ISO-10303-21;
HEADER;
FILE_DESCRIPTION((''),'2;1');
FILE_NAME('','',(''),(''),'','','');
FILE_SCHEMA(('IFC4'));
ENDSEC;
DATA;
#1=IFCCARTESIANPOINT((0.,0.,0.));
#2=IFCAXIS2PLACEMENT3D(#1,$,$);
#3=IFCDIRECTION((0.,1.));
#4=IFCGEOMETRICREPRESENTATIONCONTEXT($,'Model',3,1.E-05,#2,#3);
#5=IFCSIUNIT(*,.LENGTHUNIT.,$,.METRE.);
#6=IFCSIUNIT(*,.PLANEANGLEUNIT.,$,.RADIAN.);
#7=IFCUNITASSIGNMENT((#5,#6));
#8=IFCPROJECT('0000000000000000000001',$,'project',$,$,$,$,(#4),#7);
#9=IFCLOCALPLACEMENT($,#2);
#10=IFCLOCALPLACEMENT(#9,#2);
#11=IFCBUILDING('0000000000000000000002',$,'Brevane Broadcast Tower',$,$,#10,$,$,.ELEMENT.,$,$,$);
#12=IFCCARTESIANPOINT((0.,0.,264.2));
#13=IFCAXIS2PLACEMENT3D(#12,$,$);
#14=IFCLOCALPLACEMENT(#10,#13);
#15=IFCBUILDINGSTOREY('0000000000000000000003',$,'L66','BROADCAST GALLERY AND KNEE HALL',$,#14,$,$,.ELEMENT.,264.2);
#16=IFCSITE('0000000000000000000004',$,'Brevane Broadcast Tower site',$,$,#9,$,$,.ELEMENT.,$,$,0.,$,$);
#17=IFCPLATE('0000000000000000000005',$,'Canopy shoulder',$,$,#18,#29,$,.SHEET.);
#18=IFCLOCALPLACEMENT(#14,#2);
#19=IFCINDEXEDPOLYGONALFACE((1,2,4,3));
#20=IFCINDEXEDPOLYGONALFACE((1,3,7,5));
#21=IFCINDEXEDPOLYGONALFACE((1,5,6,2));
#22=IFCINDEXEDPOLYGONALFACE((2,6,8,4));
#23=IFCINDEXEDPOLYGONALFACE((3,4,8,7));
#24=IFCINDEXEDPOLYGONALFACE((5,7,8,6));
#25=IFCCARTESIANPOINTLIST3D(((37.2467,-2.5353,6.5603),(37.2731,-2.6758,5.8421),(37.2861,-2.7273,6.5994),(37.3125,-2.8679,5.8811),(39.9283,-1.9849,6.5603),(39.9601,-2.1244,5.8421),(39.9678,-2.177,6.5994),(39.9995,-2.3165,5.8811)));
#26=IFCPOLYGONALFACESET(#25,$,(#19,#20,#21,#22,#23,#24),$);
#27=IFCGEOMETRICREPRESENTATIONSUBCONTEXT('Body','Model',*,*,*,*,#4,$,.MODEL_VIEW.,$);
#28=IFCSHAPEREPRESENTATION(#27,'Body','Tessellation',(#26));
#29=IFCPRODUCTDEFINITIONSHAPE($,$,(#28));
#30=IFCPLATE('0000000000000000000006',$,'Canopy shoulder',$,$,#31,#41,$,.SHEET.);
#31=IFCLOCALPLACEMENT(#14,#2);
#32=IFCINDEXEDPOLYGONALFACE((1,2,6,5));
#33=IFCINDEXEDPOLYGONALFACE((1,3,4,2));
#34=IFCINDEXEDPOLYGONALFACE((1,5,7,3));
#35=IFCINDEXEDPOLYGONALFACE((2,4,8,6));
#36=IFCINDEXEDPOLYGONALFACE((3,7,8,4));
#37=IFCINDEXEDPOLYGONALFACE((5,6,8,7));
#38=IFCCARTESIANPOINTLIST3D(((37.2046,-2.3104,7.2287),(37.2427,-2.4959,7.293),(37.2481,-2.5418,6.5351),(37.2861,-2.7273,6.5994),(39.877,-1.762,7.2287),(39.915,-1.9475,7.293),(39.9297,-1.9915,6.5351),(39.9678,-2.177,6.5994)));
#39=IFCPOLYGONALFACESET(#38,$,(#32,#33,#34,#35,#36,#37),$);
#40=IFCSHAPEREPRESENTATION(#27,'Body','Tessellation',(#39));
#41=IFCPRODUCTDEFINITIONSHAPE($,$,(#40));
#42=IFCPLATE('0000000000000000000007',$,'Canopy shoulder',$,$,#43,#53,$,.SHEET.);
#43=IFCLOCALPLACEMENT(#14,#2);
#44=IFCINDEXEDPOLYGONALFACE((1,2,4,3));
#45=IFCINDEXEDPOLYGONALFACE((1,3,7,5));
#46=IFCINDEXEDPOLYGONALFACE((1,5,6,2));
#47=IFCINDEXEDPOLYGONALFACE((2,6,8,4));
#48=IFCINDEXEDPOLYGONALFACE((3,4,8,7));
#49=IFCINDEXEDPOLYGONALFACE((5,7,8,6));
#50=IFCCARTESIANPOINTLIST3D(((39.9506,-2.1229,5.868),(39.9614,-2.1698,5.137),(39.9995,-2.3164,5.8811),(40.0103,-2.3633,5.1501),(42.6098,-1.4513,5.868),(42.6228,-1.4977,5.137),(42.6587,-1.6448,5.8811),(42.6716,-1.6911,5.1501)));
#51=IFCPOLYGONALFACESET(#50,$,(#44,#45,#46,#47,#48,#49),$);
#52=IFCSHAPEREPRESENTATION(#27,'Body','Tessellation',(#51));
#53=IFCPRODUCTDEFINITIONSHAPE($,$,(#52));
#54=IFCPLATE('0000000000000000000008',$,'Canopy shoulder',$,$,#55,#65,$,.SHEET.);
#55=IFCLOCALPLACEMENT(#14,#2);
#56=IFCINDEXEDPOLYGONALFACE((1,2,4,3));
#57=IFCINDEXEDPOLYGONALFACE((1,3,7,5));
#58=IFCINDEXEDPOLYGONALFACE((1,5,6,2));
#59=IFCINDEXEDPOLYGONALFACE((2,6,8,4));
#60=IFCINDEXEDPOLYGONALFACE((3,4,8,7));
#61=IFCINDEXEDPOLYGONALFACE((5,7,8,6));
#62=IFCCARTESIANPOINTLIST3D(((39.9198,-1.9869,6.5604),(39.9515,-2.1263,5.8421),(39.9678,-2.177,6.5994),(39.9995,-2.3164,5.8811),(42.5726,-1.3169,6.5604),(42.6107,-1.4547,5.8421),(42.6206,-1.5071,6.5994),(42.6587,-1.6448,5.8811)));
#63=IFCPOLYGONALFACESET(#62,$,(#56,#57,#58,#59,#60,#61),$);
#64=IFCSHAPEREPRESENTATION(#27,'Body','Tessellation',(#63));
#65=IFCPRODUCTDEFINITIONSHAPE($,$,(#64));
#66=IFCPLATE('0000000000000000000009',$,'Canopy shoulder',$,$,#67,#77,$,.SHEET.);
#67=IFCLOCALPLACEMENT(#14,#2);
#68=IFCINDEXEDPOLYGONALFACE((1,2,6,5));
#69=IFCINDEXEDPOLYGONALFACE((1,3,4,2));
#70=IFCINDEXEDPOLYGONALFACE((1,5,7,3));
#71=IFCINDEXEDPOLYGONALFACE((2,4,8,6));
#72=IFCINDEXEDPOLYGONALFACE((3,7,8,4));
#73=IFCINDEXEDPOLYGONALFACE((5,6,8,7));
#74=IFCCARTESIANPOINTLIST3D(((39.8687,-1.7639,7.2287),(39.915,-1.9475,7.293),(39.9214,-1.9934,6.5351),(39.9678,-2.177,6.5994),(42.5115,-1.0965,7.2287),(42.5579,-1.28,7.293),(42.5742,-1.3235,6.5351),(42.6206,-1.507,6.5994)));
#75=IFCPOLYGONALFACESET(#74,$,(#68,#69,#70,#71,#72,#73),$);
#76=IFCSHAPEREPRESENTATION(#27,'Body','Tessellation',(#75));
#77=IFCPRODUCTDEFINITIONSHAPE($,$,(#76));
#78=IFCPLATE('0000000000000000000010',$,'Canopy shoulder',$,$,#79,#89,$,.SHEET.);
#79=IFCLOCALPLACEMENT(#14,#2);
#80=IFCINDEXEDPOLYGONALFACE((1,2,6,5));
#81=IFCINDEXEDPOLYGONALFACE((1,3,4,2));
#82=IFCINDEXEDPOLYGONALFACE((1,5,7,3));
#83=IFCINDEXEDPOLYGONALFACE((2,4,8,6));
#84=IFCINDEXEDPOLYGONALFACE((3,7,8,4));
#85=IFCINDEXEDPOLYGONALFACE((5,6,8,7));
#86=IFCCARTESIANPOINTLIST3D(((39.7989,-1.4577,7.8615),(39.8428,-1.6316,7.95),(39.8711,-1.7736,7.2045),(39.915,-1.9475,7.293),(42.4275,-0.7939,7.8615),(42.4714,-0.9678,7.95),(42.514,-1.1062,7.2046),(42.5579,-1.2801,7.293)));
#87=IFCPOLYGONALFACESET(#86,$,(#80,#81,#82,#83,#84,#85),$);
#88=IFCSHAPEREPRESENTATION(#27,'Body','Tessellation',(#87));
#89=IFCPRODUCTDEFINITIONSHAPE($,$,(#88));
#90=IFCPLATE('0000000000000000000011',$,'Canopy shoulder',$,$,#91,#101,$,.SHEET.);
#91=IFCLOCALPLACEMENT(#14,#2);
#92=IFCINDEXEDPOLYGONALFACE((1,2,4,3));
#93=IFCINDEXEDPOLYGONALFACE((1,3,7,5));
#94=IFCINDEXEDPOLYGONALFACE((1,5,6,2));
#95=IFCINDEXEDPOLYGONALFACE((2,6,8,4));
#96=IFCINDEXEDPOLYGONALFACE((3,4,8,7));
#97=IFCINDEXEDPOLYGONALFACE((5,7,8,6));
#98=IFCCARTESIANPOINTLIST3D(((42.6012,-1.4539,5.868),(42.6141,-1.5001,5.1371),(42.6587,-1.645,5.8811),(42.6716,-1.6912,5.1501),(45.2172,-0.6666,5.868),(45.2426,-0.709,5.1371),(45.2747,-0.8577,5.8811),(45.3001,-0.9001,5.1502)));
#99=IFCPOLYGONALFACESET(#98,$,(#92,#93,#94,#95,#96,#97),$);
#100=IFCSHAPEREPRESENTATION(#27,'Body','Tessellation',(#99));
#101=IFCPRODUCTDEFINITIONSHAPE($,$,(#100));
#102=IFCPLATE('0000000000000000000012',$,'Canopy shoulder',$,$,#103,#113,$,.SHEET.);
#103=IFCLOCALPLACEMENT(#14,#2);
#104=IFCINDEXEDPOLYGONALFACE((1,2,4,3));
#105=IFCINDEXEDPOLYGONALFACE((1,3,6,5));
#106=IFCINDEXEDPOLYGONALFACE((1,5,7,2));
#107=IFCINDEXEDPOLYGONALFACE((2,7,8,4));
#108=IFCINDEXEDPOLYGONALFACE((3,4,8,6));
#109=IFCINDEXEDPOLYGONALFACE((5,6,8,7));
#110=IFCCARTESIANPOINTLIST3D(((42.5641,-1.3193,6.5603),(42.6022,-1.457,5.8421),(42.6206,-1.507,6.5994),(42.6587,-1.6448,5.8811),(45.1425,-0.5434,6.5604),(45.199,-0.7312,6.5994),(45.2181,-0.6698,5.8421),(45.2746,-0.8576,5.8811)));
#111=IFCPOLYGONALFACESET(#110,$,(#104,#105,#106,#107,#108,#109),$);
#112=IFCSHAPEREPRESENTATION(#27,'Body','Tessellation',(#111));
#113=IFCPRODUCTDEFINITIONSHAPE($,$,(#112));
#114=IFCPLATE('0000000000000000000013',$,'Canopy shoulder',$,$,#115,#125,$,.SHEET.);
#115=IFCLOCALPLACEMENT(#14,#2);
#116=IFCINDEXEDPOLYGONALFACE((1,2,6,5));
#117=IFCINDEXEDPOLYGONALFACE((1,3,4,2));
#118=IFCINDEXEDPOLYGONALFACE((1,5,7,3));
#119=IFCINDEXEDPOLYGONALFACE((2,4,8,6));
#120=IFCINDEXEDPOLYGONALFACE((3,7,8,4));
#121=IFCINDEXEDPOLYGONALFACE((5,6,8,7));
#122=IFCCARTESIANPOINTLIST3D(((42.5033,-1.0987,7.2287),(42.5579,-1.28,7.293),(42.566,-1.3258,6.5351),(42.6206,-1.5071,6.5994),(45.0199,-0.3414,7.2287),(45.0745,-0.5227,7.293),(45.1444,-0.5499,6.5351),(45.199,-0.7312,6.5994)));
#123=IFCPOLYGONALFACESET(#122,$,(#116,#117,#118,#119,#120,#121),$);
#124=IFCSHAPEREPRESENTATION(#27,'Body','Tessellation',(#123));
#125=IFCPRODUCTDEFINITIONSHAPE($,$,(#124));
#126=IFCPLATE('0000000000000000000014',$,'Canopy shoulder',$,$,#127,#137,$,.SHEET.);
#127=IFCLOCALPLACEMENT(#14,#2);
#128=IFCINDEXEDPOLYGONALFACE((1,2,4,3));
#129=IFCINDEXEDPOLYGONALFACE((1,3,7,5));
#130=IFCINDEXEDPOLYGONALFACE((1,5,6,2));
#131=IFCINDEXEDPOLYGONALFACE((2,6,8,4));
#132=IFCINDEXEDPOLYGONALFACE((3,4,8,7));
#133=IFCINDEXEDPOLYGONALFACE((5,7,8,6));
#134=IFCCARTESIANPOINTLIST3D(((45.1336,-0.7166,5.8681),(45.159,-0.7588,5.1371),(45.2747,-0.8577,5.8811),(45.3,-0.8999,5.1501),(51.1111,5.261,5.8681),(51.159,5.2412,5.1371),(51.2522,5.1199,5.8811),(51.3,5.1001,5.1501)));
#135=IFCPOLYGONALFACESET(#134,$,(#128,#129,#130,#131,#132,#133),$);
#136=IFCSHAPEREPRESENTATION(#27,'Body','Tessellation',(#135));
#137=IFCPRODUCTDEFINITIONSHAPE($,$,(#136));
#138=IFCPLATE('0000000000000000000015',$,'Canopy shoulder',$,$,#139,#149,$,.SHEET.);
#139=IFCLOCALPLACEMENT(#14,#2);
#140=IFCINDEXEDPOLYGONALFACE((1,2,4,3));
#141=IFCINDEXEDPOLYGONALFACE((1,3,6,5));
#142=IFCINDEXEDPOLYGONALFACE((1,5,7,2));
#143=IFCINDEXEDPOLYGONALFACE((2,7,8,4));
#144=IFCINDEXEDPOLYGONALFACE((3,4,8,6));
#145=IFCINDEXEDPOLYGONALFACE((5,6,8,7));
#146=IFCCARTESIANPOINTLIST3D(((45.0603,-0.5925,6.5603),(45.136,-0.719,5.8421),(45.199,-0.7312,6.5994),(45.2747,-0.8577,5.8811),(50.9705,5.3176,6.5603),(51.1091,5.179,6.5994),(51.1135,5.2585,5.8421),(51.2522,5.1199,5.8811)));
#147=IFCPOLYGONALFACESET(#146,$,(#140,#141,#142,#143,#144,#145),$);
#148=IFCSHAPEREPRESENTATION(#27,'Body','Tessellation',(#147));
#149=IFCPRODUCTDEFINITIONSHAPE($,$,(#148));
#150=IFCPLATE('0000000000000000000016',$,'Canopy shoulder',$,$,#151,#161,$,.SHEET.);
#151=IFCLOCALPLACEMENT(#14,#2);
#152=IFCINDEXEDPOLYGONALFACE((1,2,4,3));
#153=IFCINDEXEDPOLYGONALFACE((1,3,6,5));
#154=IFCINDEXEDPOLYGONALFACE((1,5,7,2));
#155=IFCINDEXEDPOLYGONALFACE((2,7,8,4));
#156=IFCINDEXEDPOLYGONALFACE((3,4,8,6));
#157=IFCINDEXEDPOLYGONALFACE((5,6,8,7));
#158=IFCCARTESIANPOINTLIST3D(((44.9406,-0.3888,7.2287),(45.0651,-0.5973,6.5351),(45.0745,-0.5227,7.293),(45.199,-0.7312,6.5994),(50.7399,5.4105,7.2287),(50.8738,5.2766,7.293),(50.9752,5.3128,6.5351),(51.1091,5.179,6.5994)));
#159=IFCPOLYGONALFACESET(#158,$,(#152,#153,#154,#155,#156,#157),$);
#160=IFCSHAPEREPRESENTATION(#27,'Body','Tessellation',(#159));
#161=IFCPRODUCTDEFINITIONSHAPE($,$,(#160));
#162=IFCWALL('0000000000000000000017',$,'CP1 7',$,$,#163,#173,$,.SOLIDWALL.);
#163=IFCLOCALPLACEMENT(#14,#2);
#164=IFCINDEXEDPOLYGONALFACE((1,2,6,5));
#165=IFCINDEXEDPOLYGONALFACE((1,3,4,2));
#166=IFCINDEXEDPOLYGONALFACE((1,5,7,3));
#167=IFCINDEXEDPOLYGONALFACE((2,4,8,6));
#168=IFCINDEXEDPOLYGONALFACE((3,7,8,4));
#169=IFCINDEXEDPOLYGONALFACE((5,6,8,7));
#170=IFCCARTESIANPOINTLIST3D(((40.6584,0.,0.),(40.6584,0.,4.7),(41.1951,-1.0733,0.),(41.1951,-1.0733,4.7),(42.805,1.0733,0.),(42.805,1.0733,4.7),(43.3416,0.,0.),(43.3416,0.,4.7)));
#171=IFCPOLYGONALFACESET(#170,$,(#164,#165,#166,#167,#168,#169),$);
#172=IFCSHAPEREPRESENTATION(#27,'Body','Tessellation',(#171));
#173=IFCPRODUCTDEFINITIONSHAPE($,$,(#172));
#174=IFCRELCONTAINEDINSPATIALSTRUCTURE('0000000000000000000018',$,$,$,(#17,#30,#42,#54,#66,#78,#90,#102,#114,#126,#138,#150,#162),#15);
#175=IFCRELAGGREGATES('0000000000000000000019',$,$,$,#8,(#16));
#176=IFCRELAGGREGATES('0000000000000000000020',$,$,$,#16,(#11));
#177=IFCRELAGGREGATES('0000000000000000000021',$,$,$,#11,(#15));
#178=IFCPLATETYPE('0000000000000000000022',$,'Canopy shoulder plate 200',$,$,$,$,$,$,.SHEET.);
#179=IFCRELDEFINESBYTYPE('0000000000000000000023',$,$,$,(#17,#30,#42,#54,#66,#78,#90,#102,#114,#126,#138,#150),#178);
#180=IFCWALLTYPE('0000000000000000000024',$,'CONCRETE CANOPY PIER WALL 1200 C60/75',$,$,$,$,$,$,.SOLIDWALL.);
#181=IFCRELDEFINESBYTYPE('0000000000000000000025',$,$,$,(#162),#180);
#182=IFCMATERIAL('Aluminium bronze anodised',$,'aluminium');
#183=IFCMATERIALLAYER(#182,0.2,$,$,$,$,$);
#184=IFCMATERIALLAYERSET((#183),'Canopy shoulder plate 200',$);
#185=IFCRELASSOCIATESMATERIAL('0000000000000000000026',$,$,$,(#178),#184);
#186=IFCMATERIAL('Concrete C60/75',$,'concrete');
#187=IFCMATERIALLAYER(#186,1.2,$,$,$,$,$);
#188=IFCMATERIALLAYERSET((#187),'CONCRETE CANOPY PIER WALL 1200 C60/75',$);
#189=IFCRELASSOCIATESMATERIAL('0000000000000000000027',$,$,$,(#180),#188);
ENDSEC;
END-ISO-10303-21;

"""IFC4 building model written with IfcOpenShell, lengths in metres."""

from ifc_helpers import new_model, si_unit, direction, frame, frame_2d, origin, place, context, subcontext, project, spatial, polyline, rectangle, outline, extrude, material, layer, layer_set, type_object, element, save


model = new_model("IFC4")

# Units and contexts
model_context = context("Model", 3, precision=1e-05, world=origin(), true_north=direction((0.0, 1.0)))
body_context = subcontext(model_context, "Body", "Model", "MODEL_VIEW")
ifc_project = project(units=[si_unit("LENGTHUNIT", "METRE"), si_unit("PLANEANGLEUNIT", "RADIAN")], contexts=[model_context])

# Site, building, storey
site_placement = place(None, origin())
site = spatial("IfcSite", under=ifc_project, at=site_placement, Name="Brevane Broadcast Tower site", CompositionType="ELEMENT", RefElevation=0.0)
building_placement = place(site_placement, origin())
building = spatial("IfcBuilding", under=site, at=building_placement, Name="Brevane Broadcast Tower", CompositionType="ELEMENT")
storey_placement = place(building_placement, frame((0.0, 0.0, 264.2)))
storey = spatial("IfcBuildingStorey", under=building, at=storey_placement, Name="L66", Description="BROADCAST GALLERY AND KNEE HALL", CompositionType="ELEMENT", Elevation=264.2)

# Plates
ifc_material_1 = material(Name="Aluminium bronze anodised", Category="aluminium")
ifc_layer_1 = layer(ifc_material_1, 0.2)
ifc_layer_set_1 = layer_set([ifc_layer_1], Name="Canopy shoulder plate 200")
plate_type_1 = type_object("IfcPlateType", Name="Canopy shoulder plate 200", PredefinedType="SHEET", material=ifc_layer_set_1)
plate_1_placement = place(storey_placement, frame((37.3125, -2.8679, 5.8811), z_axis=(0.19717, -0.960729, 0.195255), x_axis=(0.979583, 0.20104, 0.000004)))
element("IfcPlate", 1, at=plate_1_placement, inside=storey, type_object=plate_type_1, Name="Canopy shoulder", PredefinedType="SHEET", context=body_context, shape_type="SweptSolid", body=[
    extrude(outline(polyline([(0.0, 0.0), (2.743, 0.0), (2.74, 0.7323), (0.0024, 0.7324), (0.0, 0.0)])), origin(), (0.0, 0.0, -1.0), 0.2),
])
plate_2_placement = place(storey_placement, frame((37.2861, -2.7273, 6.5994), z_axis=(0.190344, -0.927608, 0.321422), x_axis=(0.979589, 0.201011, 0.000003)))
element("IfcPlate", 2, at=plate_2_placement, inside=storey, type_object=plate_type_1, Name="Canopy shoulder", PredefinedType="SHEET", context=body_context, shape_type="SweptSolid", body=[
    extrude(outline(polyline([(0.0, 0.0), (2.7375, 0.0), (2.732, 0.7325), (0.004, 0.7325), (0.0, 0.0)])), origin(), (0.0, 0.0, -1.0), 0.2),
])
plate_3_placement = place(storey_placement, frame((40.0103, -2.3633, 5.1501), z_axis=(0.244341, -0.967463, 0.065677), x_axis=(0.969556, 0.244869, -0.000001)))
element("IfcPlate", 3, at=plate_3_placement, inside=storey, type_object=plate_type_1, Name="Canopy shoulder", PredefinedType="SHEET", context=body_context, shape_type="SweptSolid", body=[
    extrude(outline(polyline([(0.0, 0.0), (2.7449, 0.0), (2.7437, 0.7325), (0.0011, 0.7325), (0.0, 0.0)])), origin(), (0.0, 0.0, -1.0), 0.2),
])
plate_4_placement = place(storey_placement, frame((39.9995, -2.3164, 5.8811), z_axis=(0.240157, -0.950926, 0.195103), x_axis=(0.969558, 0.244863, 0.000004)))
element("IfcPlate", 4, at=plate_4_placement, inside=storey, type_object=plate_type_1, Name="Canopy shoulder", PredefinedType="SHEET", context=body_context, shape_type="SweptSolid", body=[
    extrude(outline(polyline([(0.0, 0.0), (2.7427, 0.0), (2.7395, 0.7323), (0.0034, 0.7323), (0.0, 0.0)])), origin(), (0.0, 0.0, -1.0), 0.2),
])
plate_5_placement = place(storey_placement, frame((39.9678, -2.177, 6.5994), z_axis=(0.231863, -0.918099, 0.321456), x_axis=(0.969559, 0.244858, -0.000005)))
element("IfcPlate", 5, at=plate_5_placement, inside=storey, type_object=plate_type_1, Name="Canopy shoulder", PredefinedType="SHEET", context=body_context, shape_type="SweptSolid", body=[
    extrude(outline(polyline([(0.0, 0.0), (2.7361, 0.0), (2.7309, 0.7325), (0.0051, 0.7325), (0.0, 0.0)])), origin(), (0.0, 0.0, -1.0), 0.2),
])
plate_6_placement = place(storey_placement, frame((39.915, -1.9475, 7.293), z_axis=(0.219612, -0.869588, 0.442252), x_axis=(0.969558, 0.244862, 0.000006)))
element("IfcPlate", 6, at=plate_6_placement, inside=storey, type_object=plate_type_1, Name="Canopy shoulder", PredefinedType="SHEET", context=body_context, shape_type="SweptSolid", body=[
    extrude(outline(polyline([(0.0, 0.0), (2.7258, 0.0), (2.7185, 0.7325), (0.0073, 0.7325), (0.0, 0.0)])), origin(), (0.0, 0.0, -1.0), 0.2),
])
plate_7_placement = place(storey_placement, frame((42.6716, -1.6912, 5.1501), z_axis=(0.287576, -0.955518, 0.065465), x_axis=(0.957572, 0.288195, 0.000005)))
element("IfcPlate", 7, at=plate_7_placement, inside=storey, type_object=plate_type_1, Name="Canopy shoulder", PredefinedType="SHEET", context=body_context, shape_type="SweptSolid", body=[
    extrude(outline(polyline([(0.0, 0.0), (2.7449, 0.0), (2.7328, 0.7325), (0.001, 0.7325), (0.0, 0.0)])), origin(), (0.0, 0.0, -1.0), 0.2),
])
plate_8_placement = place(storey_placement, frame((42.6587, -1.6448, 5.8811), z_axis=(0.282604, -0.939189, 0.195088), x_axis=(0.957588, 0.28814, -0.000003)))
element("IfcPlate", 8, at=plate_8_placement, inside=storey, type_object=plate_type_1, Name="Canopy shoulder", PredefinedType="SHEET", context=body_context, shape_type="SweptSolid", body=[
    extrude(outline(polyline([(0.0, 0.0), (2.7318, 0.0), (2.6958, 0.7323), (0.0032, 0.7323), (0.0, 0.0)])), origin(), (0.0, 0.0, -1.0), 0.2),
])
plate_9_placement = place(storey_placement, frame((42.6206, -1.5071, 6.5994), z_axis=(0.272859, -0.906736, 0.321524), x_axis=(0.957582, 0.28816, -0.000002)))
element("IfcPlate", 9, at=plate_9_placement, inside=storey, type_object=plate_type_1, Name="Canopy shoulder", PredefinedType="SHEET", context=body_context, shape_type="SweptSolid", body=[
    extrude(outline(polyline([(0.0, 0.0), (2.6926, 0.0), (2.6334, 0.7325), (0.0053, 0.7325), (0.0, 0.0)])), origin(), (0.0, 0.0, -1.0), 0.2),
])
plate_10_placement = place(storey_placement, frame((45.3, -0.8999, 5.1501), z_axis=(0.705598, -0.705598, 0.065281), x_axis=(0.707107, 0.707107, 0.0)))
element("IfcPlate", 10, at=plate_10_placement, inside=storey, type_object=plate_type_1, Name="Canopy shoulder", PredefinedType="SHEET", context=body_context, shape_type="SweptSolid", body=[
    extrude(outline(polyline([(0.0, 0.0), (8.4853, 0.0), (8.4654, 0.7325), (0.0119, 0.7325), (0.0, 0.0)])), origin(), (0.0, 0.0, -1.0), 0.2),
])
plate_11_placement = place(storey_placement, frame((45.2747, -0.8577, 5.8811), z_axis=(0.693507, -0.693507, 0.195181), x_axis=(0.707107, 0.707107, 0.0)))
element("IfcPlate", 11, at=plate_11_placement, inside=storey, type_object=plate_type_1, Name="Canopy shoulder", PredefinedType="SHEET", context=body_context, shape_type="SweptSolid", body=[
    extrude(outline(polyline([(0.0, 0.0), (8.4535, 0.0), (8.3941, 0.7323), (0.0359, 0.7323), (0.0, 0.0)])), origin(), (0.0, 0.0, -1.0), 0.2),
])
plate_12_placement = place(storey_placement, frame((45.199, -0.7312, 6.5994), z_axis=(0.669573, -0.669573, 0.321471), x_axis=(0.707107, 0.707107, 0.0)))
element("IfcPlate", 12, at=plate_12_placement, inside=storey, type_object=plate_type_1, Name="Canopy shoulder", PredefinedType="SHEET", context=body_context, shape_type="SweptSolid", body=[
    extrude(outline(polyline([(0.0, 0.0), (8.3582, 0.0), (8.2609, 0.7325), (0.0594, 0.7325), (0.0, 0.0)])), origin(), (0.0, 0.0, -1.0), 0.2),
])

# Wall
ifc_material_2 = material(Name="Concrete C60/75", Category="concrete")
ifc_layer_2 = layer(ifc_material_2, 1.2)
ifc_layer_set_2 = layer_set([ifc_layer_2], Name="CONCRETE CANOPY PIER WALL 1200 C60/75")
wall_type = type_object("IfcWallType", Name="CONCRETE CANOPY PIER WALL 1200 C60/75", PredefinedType="SOLIDWALL", material=ifc_layer_set_2)
wall_placement = place(storey_placement, frame((40.9268, -0.5366, 0.0), z_axis=(0.0, 0.0, 1.0), x_axis=(0.894427, 0.447214, 0.0)))
element("IfcWall", 13, at=wall_placement, inside=storey, type_object=wall_type, Name="CP1 7", PredefinedType="SOLIDWALL", context=body_context, shape_type="SweptSolid", body=[
    extrude(rectangle(XDim=2.3999, YDim=1.2, at=frame_2d((1.2, 0.0))), origin(), (0.0, 0.0, 1.0), 4.7),
])

save(model, "model.ifc")
